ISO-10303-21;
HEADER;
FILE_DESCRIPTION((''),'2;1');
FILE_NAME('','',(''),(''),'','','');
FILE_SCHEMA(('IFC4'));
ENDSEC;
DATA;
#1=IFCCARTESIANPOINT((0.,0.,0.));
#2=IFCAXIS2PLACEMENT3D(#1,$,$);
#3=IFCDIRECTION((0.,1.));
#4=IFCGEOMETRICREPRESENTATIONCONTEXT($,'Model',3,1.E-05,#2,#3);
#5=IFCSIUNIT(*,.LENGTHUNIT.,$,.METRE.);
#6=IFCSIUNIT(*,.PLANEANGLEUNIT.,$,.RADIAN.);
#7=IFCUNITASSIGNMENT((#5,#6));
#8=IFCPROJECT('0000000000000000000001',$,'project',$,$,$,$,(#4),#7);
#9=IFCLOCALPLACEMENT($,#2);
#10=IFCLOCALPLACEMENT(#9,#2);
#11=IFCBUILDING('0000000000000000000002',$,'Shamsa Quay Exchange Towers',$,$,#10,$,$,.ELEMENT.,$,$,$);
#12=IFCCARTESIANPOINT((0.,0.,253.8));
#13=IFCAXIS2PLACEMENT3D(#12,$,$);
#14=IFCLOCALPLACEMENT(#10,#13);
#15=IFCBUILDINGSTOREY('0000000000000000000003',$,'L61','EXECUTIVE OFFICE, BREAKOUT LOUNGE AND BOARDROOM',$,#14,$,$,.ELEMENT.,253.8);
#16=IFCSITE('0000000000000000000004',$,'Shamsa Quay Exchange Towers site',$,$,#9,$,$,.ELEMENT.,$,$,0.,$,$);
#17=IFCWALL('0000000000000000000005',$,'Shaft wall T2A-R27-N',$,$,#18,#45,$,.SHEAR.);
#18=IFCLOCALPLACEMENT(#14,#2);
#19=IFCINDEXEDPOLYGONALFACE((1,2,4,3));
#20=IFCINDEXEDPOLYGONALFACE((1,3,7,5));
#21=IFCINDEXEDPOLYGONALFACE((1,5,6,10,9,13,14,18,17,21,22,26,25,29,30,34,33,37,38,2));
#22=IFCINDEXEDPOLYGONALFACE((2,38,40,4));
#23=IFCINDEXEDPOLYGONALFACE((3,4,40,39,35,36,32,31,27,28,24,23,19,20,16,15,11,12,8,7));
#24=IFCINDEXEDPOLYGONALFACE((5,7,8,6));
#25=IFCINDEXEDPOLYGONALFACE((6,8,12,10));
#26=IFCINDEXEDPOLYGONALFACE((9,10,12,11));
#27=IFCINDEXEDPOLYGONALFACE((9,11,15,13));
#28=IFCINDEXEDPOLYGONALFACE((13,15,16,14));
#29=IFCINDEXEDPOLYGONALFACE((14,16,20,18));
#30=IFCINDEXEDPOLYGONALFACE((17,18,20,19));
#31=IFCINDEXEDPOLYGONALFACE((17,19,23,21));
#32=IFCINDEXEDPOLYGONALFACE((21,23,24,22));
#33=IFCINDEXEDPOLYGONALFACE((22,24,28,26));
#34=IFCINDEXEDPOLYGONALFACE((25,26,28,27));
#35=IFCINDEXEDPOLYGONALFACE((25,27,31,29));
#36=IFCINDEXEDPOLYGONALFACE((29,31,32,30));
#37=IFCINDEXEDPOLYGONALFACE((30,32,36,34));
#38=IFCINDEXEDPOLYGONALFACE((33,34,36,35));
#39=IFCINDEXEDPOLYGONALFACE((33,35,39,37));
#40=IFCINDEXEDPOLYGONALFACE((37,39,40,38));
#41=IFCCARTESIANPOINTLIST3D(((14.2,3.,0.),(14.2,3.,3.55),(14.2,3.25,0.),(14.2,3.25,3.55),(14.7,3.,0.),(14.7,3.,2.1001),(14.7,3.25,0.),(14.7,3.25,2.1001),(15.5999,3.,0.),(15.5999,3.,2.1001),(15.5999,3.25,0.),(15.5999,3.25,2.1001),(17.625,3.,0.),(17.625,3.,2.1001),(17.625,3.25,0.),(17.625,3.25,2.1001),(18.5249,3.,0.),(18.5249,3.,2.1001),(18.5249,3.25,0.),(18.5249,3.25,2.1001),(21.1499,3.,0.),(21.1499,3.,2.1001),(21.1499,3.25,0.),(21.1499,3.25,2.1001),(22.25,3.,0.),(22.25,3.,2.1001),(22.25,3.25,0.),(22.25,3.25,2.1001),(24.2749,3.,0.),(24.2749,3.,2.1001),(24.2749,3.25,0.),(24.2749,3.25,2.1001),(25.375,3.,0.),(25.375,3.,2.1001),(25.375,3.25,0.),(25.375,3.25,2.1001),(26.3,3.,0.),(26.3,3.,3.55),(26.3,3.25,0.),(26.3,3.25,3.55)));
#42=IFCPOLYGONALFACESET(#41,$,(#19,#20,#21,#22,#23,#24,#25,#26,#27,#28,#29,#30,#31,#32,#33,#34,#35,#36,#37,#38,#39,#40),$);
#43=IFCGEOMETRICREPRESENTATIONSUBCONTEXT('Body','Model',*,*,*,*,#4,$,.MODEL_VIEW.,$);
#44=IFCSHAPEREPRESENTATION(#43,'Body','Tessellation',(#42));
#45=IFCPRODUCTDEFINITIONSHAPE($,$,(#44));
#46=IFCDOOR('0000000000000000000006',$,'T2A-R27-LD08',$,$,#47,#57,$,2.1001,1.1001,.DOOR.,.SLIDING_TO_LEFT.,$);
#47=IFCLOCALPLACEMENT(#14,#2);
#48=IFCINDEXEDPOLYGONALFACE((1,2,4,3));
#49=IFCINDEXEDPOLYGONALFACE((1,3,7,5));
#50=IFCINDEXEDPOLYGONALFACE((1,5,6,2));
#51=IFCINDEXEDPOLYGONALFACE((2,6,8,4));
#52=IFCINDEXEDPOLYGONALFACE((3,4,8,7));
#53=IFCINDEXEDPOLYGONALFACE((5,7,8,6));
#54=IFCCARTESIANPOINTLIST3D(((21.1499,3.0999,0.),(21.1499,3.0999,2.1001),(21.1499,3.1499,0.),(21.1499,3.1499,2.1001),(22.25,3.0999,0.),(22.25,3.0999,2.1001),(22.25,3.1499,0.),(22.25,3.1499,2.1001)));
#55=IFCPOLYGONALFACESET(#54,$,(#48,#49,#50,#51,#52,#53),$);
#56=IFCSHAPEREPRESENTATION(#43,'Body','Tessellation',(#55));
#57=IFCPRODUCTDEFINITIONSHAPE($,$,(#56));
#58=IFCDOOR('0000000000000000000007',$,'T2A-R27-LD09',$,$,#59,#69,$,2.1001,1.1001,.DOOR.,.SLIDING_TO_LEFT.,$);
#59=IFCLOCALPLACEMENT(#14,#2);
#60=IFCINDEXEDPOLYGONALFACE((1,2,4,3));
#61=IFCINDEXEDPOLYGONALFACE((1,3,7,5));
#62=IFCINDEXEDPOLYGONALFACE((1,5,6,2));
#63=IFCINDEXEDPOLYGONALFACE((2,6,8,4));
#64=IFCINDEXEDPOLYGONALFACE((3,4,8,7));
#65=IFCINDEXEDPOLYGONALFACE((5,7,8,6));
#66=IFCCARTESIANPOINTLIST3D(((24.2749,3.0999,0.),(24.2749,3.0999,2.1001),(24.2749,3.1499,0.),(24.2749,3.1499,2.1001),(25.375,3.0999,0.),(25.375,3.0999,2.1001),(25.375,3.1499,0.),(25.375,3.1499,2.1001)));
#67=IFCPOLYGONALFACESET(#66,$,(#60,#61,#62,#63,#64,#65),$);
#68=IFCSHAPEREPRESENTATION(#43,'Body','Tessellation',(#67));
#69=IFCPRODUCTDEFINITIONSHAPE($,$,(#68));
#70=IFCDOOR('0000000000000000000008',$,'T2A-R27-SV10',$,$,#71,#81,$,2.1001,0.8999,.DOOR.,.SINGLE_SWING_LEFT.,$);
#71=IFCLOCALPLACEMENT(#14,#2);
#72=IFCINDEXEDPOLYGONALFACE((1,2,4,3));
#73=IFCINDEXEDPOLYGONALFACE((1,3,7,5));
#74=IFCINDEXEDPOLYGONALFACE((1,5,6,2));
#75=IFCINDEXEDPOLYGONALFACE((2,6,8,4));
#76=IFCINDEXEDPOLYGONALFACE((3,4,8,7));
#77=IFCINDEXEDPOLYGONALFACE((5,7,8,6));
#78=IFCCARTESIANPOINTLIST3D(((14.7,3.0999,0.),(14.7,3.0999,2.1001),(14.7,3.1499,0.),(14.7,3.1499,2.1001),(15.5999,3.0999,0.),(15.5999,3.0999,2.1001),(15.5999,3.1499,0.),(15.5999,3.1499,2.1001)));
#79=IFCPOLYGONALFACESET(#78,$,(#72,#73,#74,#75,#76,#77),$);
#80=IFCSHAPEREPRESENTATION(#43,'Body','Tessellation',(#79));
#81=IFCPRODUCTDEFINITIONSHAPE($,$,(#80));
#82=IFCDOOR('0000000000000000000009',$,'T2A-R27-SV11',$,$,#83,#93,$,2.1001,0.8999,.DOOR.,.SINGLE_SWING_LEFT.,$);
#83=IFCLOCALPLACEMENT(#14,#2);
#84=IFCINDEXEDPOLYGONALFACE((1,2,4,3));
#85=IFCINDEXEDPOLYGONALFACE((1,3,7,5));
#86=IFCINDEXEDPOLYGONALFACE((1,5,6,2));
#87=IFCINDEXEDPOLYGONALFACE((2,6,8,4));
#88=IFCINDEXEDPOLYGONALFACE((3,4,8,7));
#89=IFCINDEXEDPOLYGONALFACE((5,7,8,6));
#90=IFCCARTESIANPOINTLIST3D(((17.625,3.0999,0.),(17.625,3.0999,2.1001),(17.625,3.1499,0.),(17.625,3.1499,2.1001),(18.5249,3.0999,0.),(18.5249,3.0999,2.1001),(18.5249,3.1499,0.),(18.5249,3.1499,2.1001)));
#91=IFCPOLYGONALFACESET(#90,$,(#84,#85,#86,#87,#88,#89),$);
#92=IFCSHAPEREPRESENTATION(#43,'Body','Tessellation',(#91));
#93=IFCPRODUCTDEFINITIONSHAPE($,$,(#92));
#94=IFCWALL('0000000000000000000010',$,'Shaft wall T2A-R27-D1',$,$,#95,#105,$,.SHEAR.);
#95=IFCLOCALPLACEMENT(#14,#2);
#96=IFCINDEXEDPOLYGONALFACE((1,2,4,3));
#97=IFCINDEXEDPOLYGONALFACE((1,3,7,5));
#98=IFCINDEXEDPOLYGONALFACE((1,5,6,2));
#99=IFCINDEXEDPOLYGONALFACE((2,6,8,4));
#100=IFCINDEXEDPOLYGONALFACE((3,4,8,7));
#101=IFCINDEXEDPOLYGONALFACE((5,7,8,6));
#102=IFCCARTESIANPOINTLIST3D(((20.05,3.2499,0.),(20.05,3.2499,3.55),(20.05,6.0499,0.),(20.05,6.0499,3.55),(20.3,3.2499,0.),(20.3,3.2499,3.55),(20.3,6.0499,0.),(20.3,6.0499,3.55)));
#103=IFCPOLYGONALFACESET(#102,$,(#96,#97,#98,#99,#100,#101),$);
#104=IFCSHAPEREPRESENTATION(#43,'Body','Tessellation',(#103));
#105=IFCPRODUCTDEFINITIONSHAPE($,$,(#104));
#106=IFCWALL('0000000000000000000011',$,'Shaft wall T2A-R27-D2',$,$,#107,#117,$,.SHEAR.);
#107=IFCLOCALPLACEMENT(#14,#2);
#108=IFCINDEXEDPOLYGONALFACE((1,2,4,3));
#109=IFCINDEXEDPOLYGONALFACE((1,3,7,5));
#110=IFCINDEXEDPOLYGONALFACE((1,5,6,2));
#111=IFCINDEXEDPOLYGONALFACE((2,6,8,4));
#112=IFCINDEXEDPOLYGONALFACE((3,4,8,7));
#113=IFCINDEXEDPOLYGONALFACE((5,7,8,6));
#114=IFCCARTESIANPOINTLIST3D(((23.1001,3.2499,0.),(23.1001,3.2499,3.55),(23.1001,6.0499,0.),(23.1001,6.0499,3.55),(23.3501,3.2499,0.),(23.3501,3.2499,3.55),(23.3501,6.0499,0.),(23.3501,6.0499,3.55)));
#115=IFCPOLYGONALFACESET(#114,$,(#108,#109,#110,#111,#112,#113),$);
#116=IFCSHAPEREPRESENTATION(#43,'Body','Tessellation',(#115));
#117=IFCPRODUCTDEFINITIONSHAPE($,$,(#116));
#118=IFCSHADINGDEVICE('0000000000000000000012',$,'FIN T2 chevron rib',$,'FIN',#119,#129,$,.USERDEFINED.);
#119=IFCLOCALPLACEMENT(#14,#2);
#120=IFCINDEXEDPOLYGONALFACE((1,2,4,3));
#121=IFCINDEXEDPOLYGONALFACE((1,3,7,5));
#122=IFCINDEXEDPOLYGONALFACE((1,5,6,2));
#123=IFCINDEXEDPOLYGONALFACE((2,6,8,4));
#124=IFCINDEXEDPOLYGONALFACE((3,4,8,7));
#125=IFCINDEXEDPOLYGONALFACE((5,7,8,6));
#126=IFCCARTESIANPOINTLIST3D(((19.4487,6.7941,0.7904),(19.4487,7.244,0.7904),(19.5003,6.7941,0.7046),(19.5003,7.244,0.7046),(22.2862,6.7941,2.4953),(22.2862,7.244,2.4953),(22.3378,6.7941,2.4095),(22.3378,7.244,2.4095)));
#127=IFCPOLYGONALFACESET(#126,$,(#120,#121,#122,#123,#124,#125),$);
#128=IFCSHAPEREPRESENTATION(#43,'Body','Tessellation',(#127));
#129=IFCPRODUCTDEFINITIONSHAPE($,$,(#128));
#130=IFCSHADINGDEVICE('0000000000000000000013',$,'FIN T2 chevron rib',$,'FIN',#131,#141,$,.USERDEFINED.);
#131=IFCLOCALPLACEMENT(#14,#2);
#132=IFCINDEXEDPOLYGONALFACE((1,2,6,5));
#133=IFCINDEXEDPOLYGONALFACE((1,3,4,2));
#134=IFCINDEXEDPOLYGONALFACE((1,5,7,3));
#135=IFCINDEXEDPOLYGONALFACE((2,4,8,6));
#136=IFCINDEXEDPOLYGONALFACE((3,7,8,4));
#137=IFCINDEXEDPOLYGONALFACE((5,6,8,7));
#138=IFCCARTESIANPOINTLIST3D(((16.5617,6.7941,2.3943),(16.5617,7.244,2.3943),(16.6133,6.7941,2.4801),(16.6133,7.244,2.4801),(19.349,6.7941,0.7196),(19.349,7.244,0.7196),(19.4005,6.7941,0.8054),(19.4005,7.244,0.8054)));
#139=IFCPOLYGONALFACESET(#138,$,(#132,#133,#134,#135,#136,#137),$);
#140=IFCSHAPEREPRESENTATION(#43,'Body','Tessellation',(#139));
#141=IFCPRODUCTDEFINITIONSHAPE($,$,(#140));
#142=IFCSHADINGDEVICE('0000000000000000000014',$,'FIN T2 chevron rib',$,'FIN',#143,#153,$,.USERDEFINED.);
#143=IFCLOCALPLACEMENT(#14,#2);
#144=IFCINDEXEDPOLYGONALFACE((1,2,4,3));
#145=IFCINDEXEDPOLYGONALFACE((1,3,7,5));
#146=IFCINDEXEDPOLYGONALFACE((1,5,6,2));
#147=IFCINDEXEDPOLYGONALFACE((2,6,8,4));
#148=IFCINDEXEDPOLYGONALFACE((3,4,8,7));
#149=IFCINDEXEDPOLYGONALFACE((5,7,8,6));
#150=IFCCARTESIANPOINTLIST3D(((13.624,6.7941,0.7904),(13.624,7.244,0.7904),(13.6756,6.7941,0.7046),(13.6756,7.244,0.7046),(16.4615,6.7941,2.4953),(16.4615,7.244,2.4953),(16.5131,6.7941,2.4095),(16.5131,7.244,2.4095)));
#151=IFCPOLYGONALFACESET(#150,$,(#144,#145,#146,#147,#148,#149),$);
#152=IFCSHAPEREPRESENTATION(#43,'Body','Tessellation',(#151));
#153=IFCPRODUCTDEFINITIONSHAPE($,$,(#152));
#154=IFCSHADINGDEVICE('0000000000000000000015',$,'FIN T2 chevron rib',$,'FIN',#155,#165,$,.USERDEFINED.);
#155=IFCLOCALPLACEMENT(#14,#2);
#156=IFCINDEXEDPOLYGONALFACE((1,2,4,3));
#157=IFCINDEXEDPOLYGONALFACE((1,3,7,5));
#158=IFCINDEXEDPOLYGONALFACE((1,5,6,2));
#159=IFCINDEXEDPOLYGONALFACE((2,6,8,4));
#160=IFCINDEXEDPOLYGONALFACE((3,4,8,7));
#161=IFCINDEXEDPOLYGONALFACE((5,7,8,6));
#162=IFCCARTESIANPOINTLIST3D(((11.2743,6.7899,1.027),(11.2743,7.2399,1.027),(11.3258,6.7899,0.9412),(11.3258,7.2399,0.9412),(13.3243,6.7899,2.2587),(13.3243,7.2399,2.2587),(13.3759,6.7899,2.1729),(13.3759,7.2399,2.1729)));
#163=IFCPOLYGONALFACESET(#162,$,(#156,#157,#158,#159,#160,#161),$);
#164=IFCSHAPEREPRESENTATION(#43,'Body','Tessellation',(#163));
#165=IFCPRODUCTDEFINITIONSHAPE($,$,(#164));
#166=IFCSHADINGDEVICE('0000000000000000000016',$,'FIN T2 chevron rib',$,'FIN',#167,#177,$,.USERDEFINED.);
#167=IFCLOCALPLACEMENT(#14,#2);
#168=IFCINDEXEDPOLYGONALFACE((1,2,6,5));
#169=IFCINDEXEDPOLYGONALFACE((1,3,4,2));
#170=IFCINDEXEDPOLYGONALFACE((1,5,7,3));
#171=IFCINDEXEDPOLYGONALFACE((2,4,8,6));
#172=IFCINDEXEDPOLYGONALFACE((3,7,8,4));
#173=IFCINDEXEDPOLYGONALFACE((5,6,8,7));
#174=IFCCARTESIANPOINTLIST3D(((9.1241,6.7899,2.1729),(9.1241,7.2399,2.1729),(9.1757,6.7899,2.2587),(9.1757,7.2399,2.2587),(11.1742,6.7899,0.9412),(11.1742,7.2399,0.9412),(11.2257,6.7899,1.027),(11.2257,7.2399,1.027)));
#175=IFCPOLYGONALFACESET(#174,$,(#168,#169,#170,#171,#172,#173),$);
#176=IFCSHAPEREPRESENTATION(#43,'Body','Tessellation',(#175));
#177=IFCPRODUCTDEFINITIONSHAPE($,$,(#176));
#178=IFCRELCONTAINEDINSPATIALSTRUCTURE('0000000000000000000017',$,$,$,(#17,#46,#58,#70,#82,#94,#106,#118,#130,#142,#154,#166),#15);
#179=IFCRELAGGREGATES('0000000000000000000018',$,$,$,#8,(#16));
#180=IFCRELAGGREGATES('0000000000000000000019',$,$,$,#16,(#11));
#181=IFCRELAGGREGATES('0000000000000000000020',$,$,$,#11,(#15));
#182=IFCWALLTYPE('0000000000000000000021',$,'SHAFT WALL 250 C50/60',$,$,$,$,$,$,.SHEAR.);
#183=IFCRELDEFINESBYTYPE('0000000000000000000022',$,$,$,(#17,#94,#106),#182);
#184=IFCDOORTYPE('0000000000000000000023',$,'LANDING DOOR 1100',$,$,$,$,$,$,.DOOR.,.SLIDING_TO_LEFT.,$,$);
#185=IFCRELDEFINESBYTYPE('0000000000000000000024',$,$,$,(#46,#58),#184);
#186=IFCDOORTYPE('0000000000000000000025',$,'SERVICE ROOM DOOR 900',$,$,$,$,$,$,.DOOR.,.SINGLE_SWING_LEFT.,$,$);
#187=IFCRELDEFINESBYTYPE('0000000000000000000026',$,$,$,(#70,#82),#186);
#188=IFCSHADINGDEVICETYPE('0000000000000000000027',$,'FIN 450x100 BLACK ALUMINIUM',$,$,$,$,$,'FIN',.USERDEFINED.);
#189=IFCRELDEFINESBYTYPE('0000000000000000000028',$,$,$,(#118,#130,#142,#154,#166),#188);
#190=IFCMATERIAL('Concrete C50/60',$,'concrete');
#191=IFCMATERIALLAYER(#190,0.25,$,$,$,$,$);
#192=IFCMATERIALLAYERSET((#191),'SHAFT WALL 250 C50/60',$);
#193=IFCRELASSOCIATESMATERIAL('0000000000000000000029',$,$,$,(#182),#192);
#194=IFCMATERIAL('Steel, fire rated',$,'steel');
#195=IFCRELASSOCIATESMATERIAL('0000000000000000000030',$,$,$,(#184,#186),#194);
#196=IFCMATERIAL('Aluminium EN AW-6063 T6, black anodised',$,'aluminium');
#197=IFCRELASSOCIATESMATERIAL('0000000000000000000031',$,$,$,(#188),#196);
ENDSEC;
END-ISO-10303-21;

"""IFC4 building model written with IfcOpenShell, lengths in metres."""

from ifc_helpers import new_model, si_unit, direction, frame, frame_2d, origin, origin_2d, place, context, subcontext, project, spatial, rectangle, extrude, material, layer, layer_set, material_profile, profile_set, type_object, element, fill, save


model = new_model("IFC4")

# Units and contexts
model_context = context("Model", 3, precision=1e-05, world=origin(), true_north=direction((0.0, 1.0)))
body_context = subcontext(model_context, "Body", "Model", "MODEL_VIEW")
ifc_project = project(units=[si_unit("LENGTHUNIT", "METRE"), si_unit("PLANEANGLEUNIT", "RADIAN")], contexts=[model_context])

# Site, building, storey
site_placement = place(None, origin())
site = spatial("IfcSite", under=ifc_project, at=site_placement, Name="Shamsa Quay Exchange Towers site", CompositionType="ELEMENT", RefElevation=0.0)
building_placement = place(site_placement, origin())
building = spatial("IfcBuilding", under=site, at=building_placement, Name="Shamsa Quay Exchange Towers", CompositionType="ELEMENT")
storey_placement = place(building_placement, frame((0.0, 0.0, 253.8)))
storey = spatial("IfcBuildingStorey", under=building, at=storey_placement, Name="L61", Description="EXECUTIVE OFFICE, BREAKOUT LOUNGE AND BOARDROOM", CompositionType="ELEMENT", Elevation=253.8)

# Shared definitions
ifc_material_1 = material(Name="Aluminium EN AW-6063 T6, black anodised", Category="aluminium")

# Shared definitions
ifc_material_2 = material(Name="Steel, fire rated", Category="steel")

# Wall, openings, doors
ifc_material_3 = material(Name="Concrete C50/60", Category="concrete")
ifc_layer_1 = layer(ifc_material_3, 0.25)
ifc_layer_set_1 = layer_set([ifc_layer_1], Name="SHAFT WALL 250 C50/60")
wall_type_1 = type_object("IfcWallType", Name="SHAFT WALL 250 C50/60", PredefinedType="SHEAR", material=ifc_layer_set_1)
wall_1_placement = place(storey_placement, frame((14.2, 3.125, 0.0)))
wall_1 = element("IfcWall", 1, at=wall_1_placement, inside=storey, type_object=wall_type_1, Name="Shaft wall T2A-R27-N", PredefinedType="SHEAR", context=body_context, shape_type="SweptSolid", body=[
    extrude(rectangle(XDim=12.1001, YDim=0.25, at=frame_2d((6.05, 0.0))), origin(), (0.0, 0.0, 1.0), 3.55),
])
opening_1_placement = place(wall_1_placement, frame((6.95, 0.0, 0.0)))
opening_1 = element("IfcOpeningElement", 2, at=opening_1_placement, cuts=wall_1, PredefinedType="OPENING", context=body_context, shape_type="SweptSolid", body=[
    extrude(rectangle(XDim=1.1001, YDim=2.1001, at=frame_2d((0.55, 1.05))), frame((0.0, 0.135, 0.0), z_axis=(0.0, -1.0, 0.0), x_axis=(1.0, 0.0, 0.0)), (0.0, 0.0, 1.0), 0.27),
])
opening_2_placement = place(wall_1_placement, frame((10.075, 0.0, 0.0)))
opening_2 = element("IfcOpeningElement", 3, at=opening_2_placement, cuts=wall_1, PredefinedType="OPENING", context=body_context, shape_type="SweptSolid", body=[
    extrude(rectangle(XDim=1.1001, YDim=2.1001, at=frame_2d((0.55, 1.05))), frame((0.0, 0.135, 0.0), z_axis=(0.0, -1.0, 0.0), x_axis=(1.0, 0.0, 0.0)), (0.0, 0.0, 1.0), 0.27),
])
opening_3_placement = place(wall_1_placement, frame((0.5, 0.0, 0.0)))
opening_3 = element("IfcOpeningElement", 4, at=opening_3_placement, cuts=wall_1, PredefinedType="OPENING", context=body_context, shape_type="SweptSolid", body=[
    extrude(rectangle(XDim=0.8999, YDim=2.1001, at=frame_2d((0.45, 1.05))), frame((0.0, 0.135, 0.0), z_axis=(0.0, -1.0, 0.0), x_axis=(1.0, 0.0, 0.0)), (0.0, 0.0, 1.0), 0.27),
])
opening_4_placement = place(wall_1_placement, frame((3.425, 0.0, 0.0)))
opening_4 = element("IfcOpeningElement", 5, at=opening_4_placement, cuts=wall_1, PredefinedType="OPENING", context=body_context, shape_type="SweptSolid", body=[
    extrude(rectangle(XDim=0.8999, YDim=2.1001, at=frame_2d((0.45, 1.05))), frame((0.0, 0.135, 0.0), z_axis=(0.0, -1.0, 0.0), x_axis=(1.0, 0.0, 0.0)), (0.0, 0.0, 1.0), 0.27),
])
door_type_1 = type_object("IfcDoorType", Name="LANDING DOOR 1100", OperationType="SLIDING_TO_LEFT", PredefinedType="DOOR", material=ifc_material_2)
door_1_placement = place(opening_1_placement, origin())
door_1 = element("IfcDoor", 6, at=door_1_placement, inside=storey, type_object=door_type_1, Name="T2A-R27-LD08", OperationType="SLIDING_TO_LEFT", OverallHeight=2.1001, OverallWidth=1.1001, PredefinedType="DOOR", context=body_context, shape_type="SweptSolid", body=[
    extrude(rectangle(XDim=1.1001, YDim=2.1001, at=frame_2d((0.55, 1.05))), frame((0.0, 0.0249, 0.0), z_axis=(0.0, -1.0, 0.0), x_axis=(1.0, 0.0, 0.0)), (0.0, 0.0, 1.0), 0.05),
])
fill(opening_1, door_1)
door_2_placement = place(opening_2_placement, origin())
door_2 = element("IfcDoor", 7, at=door_2_placement, inside=storey, type_object=door_type_1, Name="T2A-R27-LD09", OperationType="SLIDING_TO_LEFT", OverallHeight=2.1001, OverallWidth=1.1001, PredefinedType="DOOR", context=body_context, shape_type="SweptSolid", body=[
    extrude(rectangle(XDim=1.1001, YDim=2.1001, at=frame_2d((0.55, 1.05))), frame((0.0, 0.0249, 0.0), z_axis=(0.0, -1.0, 0.0), x_axis=(1.0, 0.0, 0.0)), (0.0, 0.0, 1.0), 0.05),
])
fill(opening_2, door_2)
door_type_2 = type_object("IfcDoorType", Name="SERVICE ROOM DOOR 900", OperationType="SINGLE_SWING_LEFT", PredefinedType="DOOR", material=ifc_material_2)
door_3_placement = place(opening_3_placement, origin())
door_3 = element("IfcDoor", 8, at=door_3_placement, inside=storey, type_object=door_type_2, Name="T2A-R27-SV10", OperationType="SINGLE_SWING_LEFT", OverallHeight=2.1001, OverallWidth=0.8999, PredefinedType="DOOR", context=body_context, shape_type="SweptSolid", body=[
    extrude(rectangle(XDim=0.8999, YDim=2.1001, at=frame_2d((0.45, 1.05))), frame((0.0, 0.0249, 0.0), z_axis=(0.0, -1.0, 0.0), x_axis=(1.0, 0.0, 0.0)), (0.0, 0.0, 1.0), 0.05),
])
fill(opening_3, door_3)
door_4_placement = place(opening_4_placement, origin())
door_4 = element("IfcDoor", 9, at=door_4_placement, inside=storey, type_object=door_type_2, Name="T2A-R27-SV11", OperationType="SINGLE_SWING_LEFT", OverallHeight=2.1001, OverallWidth=0.8999, PredefinedType="DOOR", context=body_context, shape_type="SweptSolid", body=[
    extrude(rectangle(XDim=0.8999, YDim=2.1001, at=frame_2d((0.45, 1.05))), frame((0.0, 0.0249, 0.0), z_axis=(0.0, -1.0, 0.0), x_axis=(1.0, 0.0, 0.0)), (0.0, 0.0, 1.0), 0.05),
])
fill(opening_4, door_4)

# Walls
for number, where, z_axis, x_axis, name in (
    (10, (20.175, 3.25, 0.0), (0.0, 0.0, 1.0), (0.0, 1.0, 0.0), "Shaft wall T2A-R27-D1"),
    (11, (23.2251, 3.25, 0.0), (0.0, 0.0, 1.0), (0.0, 1.0, 0.0), "Shaft wall T2A-R27-D2"),
):
    element("IfcWall", number, at=place(storey_placement, frame(where, z_axis=z_axis, x_axis=x_axis)), inside=storey, type_object=wall_type_1, Name=name, PredefinedType="SHEAR", context=body_context, shape_type="SweptSolid", body=[
        extrude(rectangle(XDim=2.8, YDim=0.25, at=frame_2d((1.3999, 0.0))), origin(), (0.0, 0.0, 1.0), 3.55),
    ])

# Shading devices
ifc_material_profile_1 = material_profile(ifc_material_1, rectangle(XDim=0.45, YDim=0.1001, at=origin_2d()), Name="FIN450x100")
ifc_profile_set_1 = profile_set([ifc_material_profile_1], Name="Aluminium EN AW-6063 T6, black anodised")
shading_device_type = type_object("IfcShadingDeviceType", Name="FIN 450x100 BLACK ALUMINIUM", ElementType="FIN", PredefinedType="USERDEFINED", material=ifc_profile_set_1)
shading_device_1_placement = place(storey_placement, frame((22.312, 7.019, 2.4524), z_axis=(-0.857174, 0.0, -0.515027), x_axis=(0.0, -1.0, 0.0)))
element("IfcShadingDevice", 12, at=shading_device_1_placement, inside=storey, type_object=shading_device_type, Name="FIN T2 chevron rib", ObjectType="FIN", PredefinedType="USERDEFINED", context=body_context, shape_type="SweptSolid", body=[
    extrude(rectangle(XDim=0.45, YDim=0.1001, at=origin_2d()), origin(), (0.0, 0.0, 1.0), 3.3103),
])
shading_device_2_placement = place(storey_placement, frame((19.3748, 7.019, 0.7625), z_axis=(-0.857168, 0.0, 0.515037), x_axis=(0.0, -1.0, 0.0)))
element("IfcShadingDevice", 13, at=shading_device_2_placement, inside=storey, type_object=shading_device_type, Name="FIN T2 chevron rib", ObjectType="FIN", PredefinedType="USERDEFINED", context=body_context, shape_type="SweptSolid", body=[
    extrude(rectangle(XDim=0.45, YDim=0.1001, at=origin_2d()), origin(), (0.0, 0.0, 1.0), 3.2517),
])
shading_device_3_placement = place(storey_placement, frame((16.4873, 7.019, 2.4524), z_axis=(-0.857174, 0.0, -0.515027), x_axis=(0.0, -1.0, 0.0)))
element("IfcShadingDevice", 14, at=shading_device_3_placement, inside=storey, type_object=shading_device_type, Name="FIN T2 chevron rib", ObjectType="FIN", PredefinedType="USERDEFINED", context=body_context, shape_type="SweptSolid", body=[
    extrude(rectangle(XDim=0.45, YDim=0.1001, at=origin_2d()), origin(), (0.0, 0.0, 1.0), 3.3103),
])
for number, where, z_axis, x_axis, name in (
    (15, (13.3501, 7.0149, 2.2158), (-0.857187, 0.0, -0.515006), (0.0, -1.0, 0.0), "FIN T2 chevron rib"),
    (16, (11.2, 7.0149, 0.9841), (-0.857187, 0.0, 0.515006), (0.0, -1.0, 0.0), "FIN T2 chevron rib"),
):
    element("IfcShadingDevice", number, at=place(storey_placement, frame(where, z_axis=z_axis, x_axis=x_axis)), inside=storey, type_object=shading_device_type, Name=name, ObjectType="FIN", PredefinedType="USERDEFINED", context=body_context, shape_type="SweptSolid", body=[
        extrude(rectangle(XDim=0.45, YDim=0.1001, at=origin_2d()), origin(), (0.0, 0.0, 1.0), 2.3916),
    ])

save(model, "model.ifc")
